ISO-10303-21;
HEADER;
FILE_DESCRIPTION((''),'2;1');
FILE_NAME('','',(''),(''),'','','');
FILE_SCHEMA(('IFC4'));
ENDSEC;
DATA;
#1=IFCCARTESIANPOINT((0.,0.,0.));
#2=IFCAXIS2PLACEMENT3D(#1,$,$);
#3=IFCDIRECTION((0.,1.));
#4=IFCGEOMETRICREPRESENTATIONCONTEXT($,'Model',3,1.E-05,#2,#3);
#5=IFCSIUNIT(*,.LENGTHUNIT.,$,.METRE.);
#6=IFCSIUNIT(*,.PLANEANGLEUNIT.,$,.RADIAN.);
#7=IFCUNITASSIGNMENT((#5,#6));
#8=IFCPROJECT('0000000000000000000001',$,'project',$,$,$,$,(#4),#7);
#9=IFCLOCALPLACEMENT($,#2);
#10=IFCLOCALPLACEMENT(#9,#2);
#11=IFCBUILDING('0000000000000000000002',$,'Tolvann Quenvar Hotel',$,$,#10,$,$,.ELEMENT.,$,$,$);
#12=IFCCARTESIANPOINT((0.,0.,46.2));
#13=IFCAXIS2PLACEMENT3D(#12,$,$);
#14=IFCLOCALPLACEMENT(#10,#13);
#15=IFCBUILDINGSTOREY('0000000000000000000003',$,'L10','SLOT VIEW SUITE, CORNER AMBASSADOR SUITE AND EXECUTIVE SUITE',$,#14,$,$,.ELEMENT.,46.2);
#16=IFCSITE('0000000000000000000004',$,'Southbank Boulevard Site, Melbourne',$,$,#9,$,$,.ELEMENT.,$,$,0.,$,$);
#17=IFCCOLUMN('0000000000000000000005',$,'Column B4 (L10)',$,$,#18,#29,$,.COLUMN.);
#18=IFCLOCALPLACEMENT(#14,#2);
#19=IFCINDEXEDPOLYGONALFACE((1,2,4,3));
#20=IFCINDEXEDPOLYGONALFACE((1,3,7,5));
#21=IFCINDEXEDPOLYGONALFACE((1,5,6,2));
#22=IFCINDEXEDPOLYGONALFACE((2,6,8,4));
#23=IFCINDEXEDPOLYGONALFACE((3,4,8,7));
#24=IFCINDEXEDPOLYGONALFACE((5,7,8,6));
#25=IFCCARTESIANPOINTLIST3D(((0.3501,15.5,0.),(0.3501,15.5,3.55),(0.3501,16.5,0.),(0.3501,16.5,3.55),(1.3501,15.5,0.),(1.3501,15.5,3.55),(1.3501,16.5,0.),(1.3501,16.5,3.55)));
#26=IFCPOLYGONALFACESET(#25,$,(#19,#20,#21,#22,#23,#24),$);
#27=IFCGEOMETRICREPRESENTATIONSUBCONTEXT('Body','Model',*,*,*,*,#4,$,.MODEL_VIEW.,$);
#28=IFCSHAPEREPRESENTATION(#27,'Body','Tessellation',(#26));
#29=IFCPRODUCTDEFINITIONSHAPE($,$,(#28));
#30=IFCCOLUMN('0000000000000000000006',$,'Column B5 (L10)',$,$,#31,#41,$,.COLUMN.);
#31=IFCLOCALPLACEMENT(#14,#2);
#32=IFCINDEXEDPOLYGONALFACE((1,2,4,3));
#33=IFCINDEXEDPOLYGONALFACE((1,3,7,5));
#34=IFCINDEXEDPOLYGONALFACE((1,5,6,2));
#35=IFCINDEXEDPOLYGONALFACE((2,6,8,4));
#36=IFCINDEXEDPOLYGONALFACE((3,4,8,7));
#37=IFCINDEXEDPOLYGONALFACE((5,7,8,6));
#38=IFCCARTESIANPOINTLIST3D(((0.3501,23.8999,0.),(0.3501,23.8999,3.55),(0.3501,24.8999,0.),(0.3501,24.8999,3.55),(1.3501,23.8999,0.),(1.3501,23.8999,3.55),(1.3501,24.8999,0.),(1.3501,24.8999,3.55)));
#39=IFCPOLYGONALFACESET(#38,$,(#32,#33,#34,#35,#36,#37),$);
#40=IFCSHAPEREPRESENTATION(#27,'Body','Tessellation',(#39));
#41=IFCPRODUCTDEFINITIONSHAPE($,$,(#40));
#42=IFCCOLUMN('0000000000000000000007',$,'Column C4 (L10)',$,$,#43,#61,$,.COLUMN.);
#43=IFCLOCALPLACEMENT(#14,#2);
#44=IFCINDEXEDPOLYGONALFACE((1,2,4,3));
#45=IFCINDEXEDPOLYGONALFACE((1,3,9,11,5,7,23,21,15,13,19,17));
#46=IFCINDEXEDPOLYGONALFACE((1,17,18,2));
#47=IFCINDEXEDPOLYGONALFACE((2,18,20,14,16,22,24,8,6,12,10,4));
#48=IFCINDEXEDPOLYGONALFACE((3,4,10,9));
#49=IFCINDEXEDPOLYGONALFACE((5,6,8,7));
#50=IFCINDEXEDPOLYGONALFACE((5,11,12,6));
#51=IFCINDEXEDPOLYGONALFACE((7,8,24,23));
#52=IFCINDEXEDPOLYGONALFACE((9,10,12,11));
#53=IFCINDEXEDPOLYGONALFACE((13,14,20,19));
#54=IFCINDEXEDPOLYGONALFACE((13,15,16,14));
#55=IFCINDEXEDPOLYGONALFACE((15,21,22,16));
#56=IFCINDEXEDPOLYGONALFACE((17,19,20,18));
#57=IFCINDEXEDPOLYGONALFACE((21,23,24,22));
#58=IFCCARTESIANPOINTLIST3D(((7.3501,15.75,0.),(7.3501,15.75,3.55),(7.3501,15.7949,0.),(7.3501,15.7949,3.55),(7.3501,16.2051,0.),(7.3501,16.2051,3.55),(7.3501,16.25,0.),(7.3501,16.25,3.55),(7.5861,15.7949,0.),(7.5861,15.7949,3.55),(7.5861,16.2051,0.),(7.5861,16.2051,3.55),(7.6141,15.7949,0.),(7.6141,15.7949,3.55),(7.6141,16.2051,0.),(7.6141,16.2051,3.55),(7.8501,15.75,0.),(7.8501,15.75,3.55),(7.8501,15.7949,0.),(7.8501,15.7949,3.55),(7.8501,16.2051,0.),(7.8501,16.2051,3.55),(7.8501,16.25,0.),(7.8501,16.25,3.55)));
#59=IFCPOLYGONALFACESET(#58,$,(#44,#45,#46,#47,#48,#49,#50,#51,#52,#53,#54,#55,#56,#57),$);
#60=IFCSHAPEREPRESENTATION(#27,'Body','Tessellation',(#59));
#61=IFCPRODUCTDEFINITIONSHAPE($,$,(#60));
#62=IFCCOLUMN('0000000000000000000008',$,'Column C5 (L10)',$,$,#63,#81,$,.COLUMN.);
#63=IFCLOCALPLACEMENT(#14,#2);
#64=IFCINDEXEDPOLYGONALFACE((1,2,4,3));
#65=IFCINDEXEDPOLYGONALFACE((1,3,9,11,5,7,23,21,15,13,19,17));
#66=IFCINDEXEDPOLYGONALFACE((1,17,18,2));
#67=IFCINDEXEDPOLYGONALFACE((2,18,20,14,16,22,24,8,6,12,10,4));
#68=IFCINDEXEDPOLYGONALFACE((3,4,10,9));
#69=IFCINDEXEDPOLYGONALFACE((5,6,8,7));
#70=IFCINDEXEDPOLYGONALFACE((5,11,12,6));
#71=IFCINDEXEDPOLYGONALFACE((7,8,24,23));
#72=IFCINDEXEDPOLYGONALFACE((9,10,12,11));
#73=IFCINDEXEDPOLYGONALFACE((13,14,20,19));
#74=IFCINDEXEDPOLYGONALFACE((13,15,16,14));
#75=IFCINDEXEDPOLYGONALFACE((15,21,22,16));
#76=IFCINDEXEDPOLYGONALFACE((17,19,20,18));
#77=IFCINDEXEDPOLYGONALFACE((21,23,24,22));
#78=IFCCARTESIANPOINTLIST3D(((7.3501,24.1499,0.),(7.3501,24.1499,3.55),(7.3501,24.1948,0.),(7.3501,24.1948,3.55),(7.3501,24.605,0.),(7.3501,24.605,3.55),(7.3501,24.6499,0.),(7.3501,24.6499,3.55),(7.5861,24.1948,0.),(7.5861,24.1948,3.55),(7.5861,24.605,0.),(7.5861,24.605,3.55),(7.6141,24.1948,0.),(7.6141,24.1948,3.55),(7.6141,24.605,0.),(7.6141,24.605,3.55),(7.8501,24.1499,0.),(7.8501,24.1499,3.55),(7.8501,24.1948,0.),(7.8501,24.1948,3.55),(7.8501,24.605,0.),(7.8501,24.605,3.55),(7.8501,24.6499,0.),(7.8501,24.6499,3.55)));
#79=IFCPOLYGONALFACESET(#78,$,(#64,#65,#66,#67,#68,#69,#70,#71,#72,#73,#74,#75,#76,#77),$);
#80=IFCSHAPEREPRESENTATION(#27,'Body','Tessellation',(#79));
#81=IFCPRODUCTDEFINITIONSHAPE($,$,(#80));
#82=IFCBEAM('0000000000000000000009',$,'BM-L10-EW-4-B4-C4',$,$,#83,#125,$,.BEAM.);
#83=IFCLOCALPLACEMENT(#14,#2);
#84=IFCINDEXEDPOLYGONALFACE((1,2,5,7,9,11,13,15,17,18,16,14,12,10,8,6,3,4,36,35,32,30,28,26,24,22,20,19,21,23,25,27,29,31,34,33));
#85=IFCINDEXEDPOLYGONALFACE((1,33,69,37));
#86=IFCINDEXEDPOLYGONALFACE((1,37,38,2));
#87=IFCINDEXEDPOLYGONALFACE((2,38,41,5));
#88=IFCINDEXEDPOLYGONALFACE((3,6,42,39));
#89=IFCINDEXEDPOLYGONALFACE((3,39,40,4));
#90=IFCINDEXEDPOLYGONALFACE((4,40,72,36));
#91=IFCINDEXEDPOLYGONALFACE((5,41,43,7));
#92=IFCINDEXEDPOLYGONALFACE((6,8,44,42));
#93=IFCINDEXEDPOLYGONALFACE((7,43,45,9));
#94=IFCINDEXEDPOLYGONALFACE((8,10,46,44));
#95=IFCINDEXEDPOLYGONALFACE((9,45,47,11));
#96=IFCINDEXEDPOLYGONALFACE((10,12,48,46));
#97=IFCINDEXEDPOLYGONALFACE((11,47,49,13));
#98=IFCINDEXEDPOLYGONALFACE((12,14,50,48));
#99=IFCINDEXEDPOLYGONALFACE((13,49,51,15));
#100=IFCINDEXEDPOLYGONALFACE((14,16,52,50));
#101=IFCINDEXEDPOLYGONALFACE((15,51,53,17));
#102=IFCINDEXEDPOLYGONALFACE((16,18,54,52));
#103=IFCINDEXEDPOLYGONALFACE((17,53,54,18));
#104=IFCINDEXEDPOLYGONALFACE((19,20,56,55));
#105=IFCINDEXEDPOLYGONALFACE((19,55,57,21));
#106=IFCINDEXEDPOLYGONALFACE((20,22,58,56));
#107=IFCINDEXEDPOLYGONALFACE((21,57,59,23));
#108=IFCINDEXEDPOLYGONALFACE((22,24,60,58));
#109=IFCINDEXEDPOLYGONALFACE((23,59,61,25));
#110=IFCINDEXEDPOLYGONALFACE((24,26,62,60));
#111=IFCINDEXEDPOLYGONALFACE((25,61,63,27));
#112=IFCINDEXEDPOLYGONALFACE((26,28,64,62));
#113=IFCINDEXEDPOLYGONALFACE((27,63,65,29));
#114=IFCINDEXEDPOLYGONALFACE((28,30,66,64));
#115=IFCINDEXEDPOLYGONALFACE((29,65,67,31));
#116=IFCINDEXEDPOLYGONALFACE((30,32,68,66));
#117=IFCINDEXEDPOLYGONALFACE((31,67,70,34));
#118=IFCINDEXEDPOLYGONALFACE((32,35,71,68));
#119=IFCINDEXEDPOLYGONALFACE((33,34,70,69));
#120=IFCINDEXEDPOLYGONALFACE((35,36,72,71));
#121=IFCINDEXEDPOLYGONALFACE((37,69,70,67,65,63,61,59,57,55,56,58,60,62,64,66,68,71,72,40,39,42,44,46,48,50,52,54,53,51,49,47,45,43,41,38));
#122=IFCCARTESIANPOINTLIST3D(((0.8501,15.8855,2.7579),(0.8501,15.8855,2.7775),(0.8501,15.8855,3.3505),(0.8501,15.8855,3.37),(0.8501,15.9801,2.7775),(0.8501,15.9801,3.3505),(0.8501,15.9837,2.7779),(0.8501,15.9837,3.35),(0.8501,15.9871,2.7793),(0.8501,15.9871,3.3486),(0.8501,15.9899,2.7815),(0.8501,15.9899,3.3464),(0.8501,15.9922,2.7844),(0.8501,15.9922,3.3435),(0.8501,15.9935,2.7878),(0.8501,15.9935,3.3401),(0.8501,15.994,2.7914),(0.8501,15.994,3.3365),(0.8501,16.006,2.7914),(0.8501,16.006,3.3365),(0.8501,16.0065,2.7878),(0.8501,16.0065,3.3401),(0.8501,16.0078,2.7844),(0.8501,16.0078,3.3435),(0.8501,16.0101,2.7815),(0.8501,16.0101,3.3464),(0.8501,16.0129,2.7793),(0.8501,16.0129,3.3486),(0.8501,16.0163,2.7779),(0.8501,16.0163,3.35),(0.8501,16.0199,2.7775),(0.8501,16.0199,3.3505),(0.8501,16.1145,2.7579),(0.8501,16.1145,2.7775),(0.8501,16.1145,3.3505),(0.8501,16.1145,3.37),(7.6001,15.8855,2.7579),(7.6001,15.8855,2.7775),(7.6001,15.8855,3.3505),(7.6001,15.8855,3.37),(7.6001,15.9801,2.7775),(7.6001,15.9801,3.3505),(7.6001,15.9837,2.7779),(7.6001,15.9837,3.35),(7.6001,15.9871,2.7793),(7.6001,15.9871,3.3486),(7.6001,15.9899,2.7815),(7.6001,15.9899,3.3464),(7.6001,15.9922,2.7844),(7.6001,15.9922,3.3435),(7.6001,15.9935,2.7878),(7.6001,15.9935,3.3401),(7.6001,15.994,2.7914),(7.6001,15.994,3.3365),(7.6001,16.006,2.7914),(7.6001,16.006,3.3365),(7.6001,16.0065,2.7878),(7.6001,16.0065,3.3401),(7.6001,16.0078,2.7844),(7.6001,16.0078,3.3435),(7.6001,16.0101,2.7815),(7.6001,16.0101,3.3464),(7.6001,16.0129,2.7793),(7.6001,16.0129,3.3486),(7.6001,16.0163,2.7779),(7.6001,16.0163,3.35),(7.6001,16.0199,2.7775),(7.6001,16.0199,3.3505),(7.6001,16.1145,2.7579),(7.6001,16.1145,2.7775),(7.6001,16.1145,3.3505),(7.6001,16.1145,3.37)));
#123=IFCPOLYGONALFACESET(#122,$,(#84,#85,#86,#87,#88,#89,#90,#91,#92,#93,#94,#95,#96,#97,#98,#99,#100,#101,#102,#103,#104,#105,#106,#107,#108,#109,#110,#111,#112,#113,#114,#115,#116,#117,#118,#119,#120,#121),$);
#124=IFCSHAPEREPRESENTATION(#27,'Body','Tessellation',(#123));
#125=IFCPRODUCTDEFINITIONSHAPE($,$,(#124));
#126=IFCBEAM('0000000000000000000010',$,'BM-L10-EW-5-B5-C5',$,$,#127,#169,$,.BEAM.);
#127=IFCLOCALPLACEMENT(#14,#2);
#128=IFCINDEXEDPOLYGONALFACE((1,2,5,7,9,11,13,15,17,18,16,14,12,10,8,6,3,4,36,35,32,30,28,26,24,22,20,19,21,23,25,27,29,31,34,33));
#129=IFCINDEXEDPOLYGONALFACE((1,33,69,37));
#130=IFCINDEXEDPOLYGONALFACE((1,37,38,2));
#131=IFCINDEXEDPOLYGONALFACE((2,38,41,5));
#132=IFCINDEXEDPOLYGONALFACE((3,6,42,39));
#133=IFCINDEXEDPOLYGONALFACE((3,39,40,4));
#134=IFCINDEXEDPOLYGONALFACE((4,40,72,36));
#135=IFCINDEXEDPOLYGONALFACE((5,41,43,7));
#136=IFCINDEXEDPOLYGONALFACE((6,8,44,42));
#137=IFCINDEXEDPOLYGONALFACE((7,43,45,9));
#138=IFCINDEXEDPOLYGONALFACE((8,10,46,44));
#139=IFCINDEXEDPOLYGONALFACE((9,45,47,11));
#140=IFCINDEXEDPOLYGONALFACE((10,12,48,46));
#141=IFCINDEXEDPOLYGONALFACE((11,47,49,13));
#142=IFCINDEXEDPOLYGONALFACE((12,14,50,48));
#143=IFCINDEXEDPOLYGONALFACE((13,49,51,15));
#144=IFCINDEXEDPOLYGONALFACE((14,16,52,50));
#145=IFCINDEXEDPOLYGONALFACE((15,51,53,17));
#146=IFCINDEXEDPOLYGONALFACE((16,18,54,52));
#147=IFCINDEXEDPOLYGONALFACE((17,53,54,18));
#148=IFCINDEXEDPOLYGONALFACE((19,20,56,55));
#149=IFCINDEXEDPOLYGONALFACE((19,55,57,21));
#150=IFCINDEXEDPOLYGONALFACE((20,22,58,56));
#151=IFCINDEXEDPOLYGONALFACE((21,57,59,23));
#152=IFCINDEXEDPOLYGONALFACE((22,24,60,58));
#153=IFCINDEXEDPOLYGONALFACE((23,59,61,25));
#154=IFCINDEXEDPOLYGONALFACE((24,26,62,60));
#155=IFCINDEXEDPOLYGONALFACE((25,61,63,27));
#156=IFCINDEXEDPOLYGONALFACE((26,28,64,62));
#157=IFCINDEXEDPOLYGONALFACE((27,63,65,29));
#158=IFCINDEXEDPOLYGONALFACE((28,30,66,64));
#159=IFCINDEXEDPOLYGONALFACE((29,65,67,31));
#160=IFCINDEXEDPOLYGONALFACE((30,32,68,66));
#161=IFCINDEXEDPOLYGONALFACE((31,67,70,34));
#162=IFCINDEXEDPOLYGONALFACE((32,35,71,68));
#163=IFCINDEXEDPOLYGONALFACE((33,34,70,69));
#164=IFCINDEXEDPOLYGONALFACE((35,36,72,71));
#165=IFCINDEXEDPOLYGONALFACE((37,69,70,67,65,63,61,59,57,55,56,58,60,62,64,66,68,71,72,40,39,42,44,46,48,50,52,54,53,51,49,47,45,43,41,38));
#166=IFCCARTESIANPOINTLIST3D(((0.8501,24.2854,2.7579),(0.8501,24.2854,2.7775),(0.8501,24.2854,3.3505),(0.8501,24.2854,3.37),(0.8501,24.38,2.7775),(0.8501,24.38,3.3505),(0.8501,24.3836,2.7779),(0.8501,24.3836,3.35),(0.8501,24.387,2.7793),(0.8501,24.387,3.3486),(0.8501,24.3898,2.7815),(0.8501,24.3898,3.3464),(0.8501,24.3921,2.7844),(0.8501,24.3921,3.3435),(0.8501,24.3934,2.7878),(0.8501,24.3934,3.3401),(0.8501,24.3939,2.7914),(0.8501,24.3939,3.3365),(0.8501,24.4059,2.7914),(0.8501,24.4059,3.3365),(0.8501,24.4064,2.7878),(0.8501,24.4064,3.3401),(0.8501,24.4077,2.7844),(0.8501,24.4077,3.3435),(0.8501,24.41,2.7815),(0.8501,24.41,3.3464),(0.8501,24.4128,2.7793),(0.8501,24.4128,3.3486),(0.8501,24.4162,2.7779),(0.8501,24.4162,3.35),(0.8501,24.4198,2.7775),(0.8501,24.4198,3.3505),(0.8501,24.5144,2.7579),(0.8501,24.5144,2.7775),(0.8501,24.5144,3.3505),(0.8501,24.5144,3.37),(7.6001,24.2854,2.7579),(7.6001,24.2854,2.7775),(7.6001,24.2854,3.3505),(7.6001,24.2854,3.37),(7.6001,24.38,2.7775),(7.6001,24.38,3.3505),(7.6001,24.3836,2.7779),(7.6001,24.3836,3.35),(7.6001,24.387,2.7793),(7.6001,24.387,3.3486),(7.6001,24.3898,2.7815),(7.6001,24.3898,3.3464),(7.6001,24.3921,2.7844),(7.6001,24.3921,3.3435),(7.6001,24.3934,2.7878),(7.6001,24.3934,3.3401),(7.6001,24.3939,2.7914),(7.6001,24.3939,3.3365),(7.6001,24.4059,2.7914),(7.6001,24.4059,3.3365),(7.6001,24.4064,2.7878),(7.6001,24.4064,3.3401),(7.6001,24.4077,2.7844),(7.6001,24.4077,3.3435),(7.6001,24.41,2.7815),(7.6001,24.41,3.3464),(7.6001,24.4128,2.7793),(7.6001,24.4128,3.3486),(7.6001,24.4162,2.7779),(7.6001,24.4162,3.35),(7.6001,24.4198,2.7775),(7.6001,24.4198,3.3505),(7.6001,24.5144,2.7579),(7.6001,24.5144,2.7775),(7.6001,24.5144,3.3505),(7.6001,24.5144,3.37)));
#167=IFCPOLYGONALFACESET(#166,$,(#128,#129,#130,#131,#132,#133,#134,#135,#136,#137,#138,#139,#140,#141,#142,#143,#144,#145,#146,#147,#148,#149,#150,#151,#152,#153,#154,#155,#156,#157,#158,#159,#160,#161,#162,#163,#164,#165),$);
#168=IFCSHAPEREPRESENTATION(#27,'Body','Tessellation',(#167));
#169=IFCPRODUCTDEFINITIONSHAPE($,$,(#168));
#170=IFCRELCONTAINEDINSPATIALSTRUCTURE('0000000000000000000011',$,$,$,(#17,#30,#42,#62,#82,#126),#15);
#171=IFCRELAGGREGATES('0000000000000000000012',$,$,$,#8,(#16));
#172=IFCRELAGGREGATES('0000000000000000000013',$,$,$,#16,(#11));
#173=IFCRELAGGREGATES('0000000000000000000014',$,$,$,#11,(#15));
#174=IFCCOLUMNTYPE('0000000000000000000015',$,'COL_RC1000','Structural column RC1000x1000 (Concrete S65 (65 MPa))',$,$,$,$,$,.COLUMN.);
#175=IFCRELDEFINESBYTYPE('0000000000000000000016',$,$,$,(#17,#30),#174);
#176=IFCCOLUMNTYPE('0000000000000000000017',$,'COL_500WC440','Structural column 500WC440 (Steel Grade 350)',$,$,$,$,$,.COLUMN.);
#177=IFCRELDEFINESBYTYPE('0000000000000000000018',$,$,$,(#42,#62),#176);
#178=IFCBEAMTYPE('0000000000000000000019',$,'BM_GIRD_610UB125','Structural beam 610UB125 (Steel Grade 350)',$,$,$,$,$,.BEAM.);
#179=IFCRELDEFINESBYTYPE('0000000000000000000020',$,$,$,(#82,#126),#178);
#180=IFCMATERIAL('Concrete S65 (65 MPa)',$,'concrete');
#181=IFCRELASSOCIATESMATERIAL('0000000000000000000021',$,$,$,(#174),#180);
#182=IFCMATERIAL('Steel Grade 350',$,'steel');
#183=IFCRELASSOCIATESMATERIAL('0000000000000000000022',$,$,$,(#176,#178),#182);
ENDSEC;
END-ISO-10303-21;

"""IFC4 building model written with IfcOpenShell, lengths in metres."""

from ifc_helpers import new_model, si_unit, direction, frame, origin, origin_2d, place, context, subcontext, project, spatial, rectangle, i_section, extrude, source, transform, mapped, material, material_profile, profile_set, type_object, type_shapes, element, save


model = new_model("IFC4")

# Units and contexts
model_context = context("Model", 3, precision=1e-05, world=origin(), true_north=direction((0.0, 1.0)))
body_context = subcontext(model_context, "Body", "Model", "MODEL_VIEW")
ifc_project = project(units=[si_unit("LENGTHUNIT", "METRE"), si_unit("PLANEANGLEUNIT", "RADIAN")], contexts=[model_context])

# Site, building, storey
site_placement = place(None, origin())
site = spatial("IfcSite", under=ifc_project, at=site_placement, Name="Southbank Boulevard Site, Melbourne", CompositionType="ELEMENT", RefElevation=0.0)
building_placement = place(site_placement, origin())
building = spatial("IfcBuilding", under=site, at=building_placement, Name="Tolvann Quenvar Hotel", CompositionType="ELEMENT")
storey_placement = place(building_placement, frame((0.0, 0.0, 46.2)))
storey = spatial("IfcBuildingStorey", under=building, at=storey_placement, Name="L10", Description="SLOT VIEW SUITE, CORNER AMBASSADOR SUITE AND EXECUTIVE SUITE", CompositionType="ELEMENT", Elevation=46.2)

# Columns
ifc_material_1 = material(Name="Concrete S65 (65 MPa)", Category="concrete")
ifc_material_profile_1 = material_profile(ifc_material_1, rectangle(XDim=1.0, YDim=1.0, at=origin_2d()), Name="RC1000x1000")
ifc_profile_set_1 = profile_set([ifc_material_profile_1], Name="Concrete S65 (65 MPa)")
column_type_1 = type_object("IfcColumnType", Name="COL_RC1000", Description="Structural column RC1000x1000 (Concrete S65 (65 MPa))", PredefinedType="COLUMN", material=ifc_profile_set_1)
shared_shape_1 = source(origin(), body_context, "Body", "SweptSolid", [
    extrude(rectangle(XDim=1.0, YDim=1.0, at=origin_2d()), origin(), (0.0, 0.0, 1.0), 3.55),
])
type_shapes(column_type_1, [shared_shape_1])
for number, where, z_axis, x_axis, name in (
    (1, (0.8501, 16.0, 0.0), (0.0, 0.0, 1.0), (1.0, 0.0, 0.0), "Column B4 (L10)"),
    (2, (0.8501, 24.3999, 0.0), (0.0, 0.0, 1.0), (1.0, 0.0, 0.0), "Column B5 (L10)"),
):
    element("IfcColumn", number, at=place(storey_placement, frame(where, z_axis=z_axis, x_axis=x_axis)), inside=storey, type_object=column_type_1, Name=name, PredefinedType="COLUMN", context=body_context, shape_type="MappedRepresentation", body=[
        mapped(shared_shape_1, transform((0.0, 0.0, 0.0), x_axis=(1.0, 0.0, 0.0), y_axis=(0.0, 1.0, 0.0), z_axis=(0.0, 0.0, 1.0), scale=1.0)),
    ])
ifc_material_2 = material(Name="Steel Grade 350", Category="steel")
ifc_material_profile_2 = material_profile(ifc_material_2, i_section(OverallWidth=0.5, OverallDepth=0.5, WebThickness=0.0281, FlangeThickness=0.0449, at=origin_2d()), Name="500WC440")
ifc_profile_set_2 = profile_set([ifc_material_profile_2], Name="Steel Grade 350")
column_type_2 = type_object("IfcColumnType", Name="COL_500WC440", Description="Structural column 500WC440 (Steel Grade 350)", PredefinedType="COLUMN", material=ifc_profile_set_2)
shared_shape_2 = source(origin(), body_context, "Body", "SweptSolid", [
    extrude(i_section(OverallWidth=0.5, OverallDepth=0.5, WebThickness=0.0281, FlangeThickness=0.0449, at=origin_2d()), origin(), (0.0, 0.0, 1.0), 3.55),
])
type_shapes(column_type_2, [shared_shape_2])
for number, where, z_axis, x_axis, name in (
    (3, (7.6001, 16.0, 0.0), (0.0, 0.0, 1.0), (1.0, 0.0, 0.0), "Column C4 (L10)"),
    (4, (7.6001, 24.3999, 0.0), (0.0, 0.0, 1.0), (1.0, 0.0, 0.0), "Column C5 (L10)"),
):
    element("IfcColumn", number, at=place(storey_placement, frame(where, z_axis=z_axis, x_axis=x_axis)), inside=storey, type_object=column_type_2, Name=name, PredefinedType="COLUMN", context=body_context, shape_type="MappedRepresentation", body=[
        mapped(shared_shape_2, transform((0.0, 0.0, 0.0), x_axis=(1.0, 0.0, 0.0), y_axis=(0.0, 1.0, 0.0), z_axis=(0.0, 0.0, 1.0), scale=1.0)),
    ])

# Beams
ifc_material_profile_3 = material_profile(ifc_material_2, i_section(OverallWidth=0.229, OverallDepth=0.6121, WebThickness=0.012, FlangeThickness=0.0195, FilletRadius=0.0139, at=origin_2d()), Name="610UB125")
ifc_profile_set_3 = profile_set([ifc_material_profile_3], Name="Steel Grade 350")
beam_type_1 = type_object("IfcBeamType", Name="BM_GIRD_610UB125", Description="Structural beam 610UB125 (Steel Grade 350)", PredefinedType="BEAM", material=ifc_profile_set_3)
shared_shape_3 = source(origin(), body_context, "Body", "SweptSolid", [
    extrude(i_section(OverallWidth=0.229, OverallDepth=0.6121, WebThickness=0.012, FlangeThickness=0.0195, FilletRadius=0.0139, at=origin_2d()), origin(), (0.0, 0.0, 1.0), 6.75),
])
for number, where, z_axis, x_axis, name in (
    (5, (0.8501, 16.0, 3.064), (1.0, 0.0, 0.0), (0.0, 1.0, 0.0), "BM-L10-EW-4-B4-C4"),
    (6, (0.8501, 24.3999, 3.064), (1.0, 0.0, 0.0), (0.0, 1.0, 0.0), "BM-L10-EW-5-B5-C5"),
):
    element("IfcBeam", number, at=place(storey_placement, frame(where, z_axis=z_axis, x_axis=x_axis)), inside=storey, type_object=beam_type_1, Name=name, PredefinedType="BEAM", context=body_context, shape_type="MappedRepresentation", body=[
        mapped(shared_shape_3, transform((0.0, 0.0, 0.0), x_axis=(1.0, 0.0, 0.0), y_axis=(0.0, 1.0, 0.0), z_axis=(0.0, 0.0, 1.0), scale=1.0)),
    ])

save(model, "model.ifc")
